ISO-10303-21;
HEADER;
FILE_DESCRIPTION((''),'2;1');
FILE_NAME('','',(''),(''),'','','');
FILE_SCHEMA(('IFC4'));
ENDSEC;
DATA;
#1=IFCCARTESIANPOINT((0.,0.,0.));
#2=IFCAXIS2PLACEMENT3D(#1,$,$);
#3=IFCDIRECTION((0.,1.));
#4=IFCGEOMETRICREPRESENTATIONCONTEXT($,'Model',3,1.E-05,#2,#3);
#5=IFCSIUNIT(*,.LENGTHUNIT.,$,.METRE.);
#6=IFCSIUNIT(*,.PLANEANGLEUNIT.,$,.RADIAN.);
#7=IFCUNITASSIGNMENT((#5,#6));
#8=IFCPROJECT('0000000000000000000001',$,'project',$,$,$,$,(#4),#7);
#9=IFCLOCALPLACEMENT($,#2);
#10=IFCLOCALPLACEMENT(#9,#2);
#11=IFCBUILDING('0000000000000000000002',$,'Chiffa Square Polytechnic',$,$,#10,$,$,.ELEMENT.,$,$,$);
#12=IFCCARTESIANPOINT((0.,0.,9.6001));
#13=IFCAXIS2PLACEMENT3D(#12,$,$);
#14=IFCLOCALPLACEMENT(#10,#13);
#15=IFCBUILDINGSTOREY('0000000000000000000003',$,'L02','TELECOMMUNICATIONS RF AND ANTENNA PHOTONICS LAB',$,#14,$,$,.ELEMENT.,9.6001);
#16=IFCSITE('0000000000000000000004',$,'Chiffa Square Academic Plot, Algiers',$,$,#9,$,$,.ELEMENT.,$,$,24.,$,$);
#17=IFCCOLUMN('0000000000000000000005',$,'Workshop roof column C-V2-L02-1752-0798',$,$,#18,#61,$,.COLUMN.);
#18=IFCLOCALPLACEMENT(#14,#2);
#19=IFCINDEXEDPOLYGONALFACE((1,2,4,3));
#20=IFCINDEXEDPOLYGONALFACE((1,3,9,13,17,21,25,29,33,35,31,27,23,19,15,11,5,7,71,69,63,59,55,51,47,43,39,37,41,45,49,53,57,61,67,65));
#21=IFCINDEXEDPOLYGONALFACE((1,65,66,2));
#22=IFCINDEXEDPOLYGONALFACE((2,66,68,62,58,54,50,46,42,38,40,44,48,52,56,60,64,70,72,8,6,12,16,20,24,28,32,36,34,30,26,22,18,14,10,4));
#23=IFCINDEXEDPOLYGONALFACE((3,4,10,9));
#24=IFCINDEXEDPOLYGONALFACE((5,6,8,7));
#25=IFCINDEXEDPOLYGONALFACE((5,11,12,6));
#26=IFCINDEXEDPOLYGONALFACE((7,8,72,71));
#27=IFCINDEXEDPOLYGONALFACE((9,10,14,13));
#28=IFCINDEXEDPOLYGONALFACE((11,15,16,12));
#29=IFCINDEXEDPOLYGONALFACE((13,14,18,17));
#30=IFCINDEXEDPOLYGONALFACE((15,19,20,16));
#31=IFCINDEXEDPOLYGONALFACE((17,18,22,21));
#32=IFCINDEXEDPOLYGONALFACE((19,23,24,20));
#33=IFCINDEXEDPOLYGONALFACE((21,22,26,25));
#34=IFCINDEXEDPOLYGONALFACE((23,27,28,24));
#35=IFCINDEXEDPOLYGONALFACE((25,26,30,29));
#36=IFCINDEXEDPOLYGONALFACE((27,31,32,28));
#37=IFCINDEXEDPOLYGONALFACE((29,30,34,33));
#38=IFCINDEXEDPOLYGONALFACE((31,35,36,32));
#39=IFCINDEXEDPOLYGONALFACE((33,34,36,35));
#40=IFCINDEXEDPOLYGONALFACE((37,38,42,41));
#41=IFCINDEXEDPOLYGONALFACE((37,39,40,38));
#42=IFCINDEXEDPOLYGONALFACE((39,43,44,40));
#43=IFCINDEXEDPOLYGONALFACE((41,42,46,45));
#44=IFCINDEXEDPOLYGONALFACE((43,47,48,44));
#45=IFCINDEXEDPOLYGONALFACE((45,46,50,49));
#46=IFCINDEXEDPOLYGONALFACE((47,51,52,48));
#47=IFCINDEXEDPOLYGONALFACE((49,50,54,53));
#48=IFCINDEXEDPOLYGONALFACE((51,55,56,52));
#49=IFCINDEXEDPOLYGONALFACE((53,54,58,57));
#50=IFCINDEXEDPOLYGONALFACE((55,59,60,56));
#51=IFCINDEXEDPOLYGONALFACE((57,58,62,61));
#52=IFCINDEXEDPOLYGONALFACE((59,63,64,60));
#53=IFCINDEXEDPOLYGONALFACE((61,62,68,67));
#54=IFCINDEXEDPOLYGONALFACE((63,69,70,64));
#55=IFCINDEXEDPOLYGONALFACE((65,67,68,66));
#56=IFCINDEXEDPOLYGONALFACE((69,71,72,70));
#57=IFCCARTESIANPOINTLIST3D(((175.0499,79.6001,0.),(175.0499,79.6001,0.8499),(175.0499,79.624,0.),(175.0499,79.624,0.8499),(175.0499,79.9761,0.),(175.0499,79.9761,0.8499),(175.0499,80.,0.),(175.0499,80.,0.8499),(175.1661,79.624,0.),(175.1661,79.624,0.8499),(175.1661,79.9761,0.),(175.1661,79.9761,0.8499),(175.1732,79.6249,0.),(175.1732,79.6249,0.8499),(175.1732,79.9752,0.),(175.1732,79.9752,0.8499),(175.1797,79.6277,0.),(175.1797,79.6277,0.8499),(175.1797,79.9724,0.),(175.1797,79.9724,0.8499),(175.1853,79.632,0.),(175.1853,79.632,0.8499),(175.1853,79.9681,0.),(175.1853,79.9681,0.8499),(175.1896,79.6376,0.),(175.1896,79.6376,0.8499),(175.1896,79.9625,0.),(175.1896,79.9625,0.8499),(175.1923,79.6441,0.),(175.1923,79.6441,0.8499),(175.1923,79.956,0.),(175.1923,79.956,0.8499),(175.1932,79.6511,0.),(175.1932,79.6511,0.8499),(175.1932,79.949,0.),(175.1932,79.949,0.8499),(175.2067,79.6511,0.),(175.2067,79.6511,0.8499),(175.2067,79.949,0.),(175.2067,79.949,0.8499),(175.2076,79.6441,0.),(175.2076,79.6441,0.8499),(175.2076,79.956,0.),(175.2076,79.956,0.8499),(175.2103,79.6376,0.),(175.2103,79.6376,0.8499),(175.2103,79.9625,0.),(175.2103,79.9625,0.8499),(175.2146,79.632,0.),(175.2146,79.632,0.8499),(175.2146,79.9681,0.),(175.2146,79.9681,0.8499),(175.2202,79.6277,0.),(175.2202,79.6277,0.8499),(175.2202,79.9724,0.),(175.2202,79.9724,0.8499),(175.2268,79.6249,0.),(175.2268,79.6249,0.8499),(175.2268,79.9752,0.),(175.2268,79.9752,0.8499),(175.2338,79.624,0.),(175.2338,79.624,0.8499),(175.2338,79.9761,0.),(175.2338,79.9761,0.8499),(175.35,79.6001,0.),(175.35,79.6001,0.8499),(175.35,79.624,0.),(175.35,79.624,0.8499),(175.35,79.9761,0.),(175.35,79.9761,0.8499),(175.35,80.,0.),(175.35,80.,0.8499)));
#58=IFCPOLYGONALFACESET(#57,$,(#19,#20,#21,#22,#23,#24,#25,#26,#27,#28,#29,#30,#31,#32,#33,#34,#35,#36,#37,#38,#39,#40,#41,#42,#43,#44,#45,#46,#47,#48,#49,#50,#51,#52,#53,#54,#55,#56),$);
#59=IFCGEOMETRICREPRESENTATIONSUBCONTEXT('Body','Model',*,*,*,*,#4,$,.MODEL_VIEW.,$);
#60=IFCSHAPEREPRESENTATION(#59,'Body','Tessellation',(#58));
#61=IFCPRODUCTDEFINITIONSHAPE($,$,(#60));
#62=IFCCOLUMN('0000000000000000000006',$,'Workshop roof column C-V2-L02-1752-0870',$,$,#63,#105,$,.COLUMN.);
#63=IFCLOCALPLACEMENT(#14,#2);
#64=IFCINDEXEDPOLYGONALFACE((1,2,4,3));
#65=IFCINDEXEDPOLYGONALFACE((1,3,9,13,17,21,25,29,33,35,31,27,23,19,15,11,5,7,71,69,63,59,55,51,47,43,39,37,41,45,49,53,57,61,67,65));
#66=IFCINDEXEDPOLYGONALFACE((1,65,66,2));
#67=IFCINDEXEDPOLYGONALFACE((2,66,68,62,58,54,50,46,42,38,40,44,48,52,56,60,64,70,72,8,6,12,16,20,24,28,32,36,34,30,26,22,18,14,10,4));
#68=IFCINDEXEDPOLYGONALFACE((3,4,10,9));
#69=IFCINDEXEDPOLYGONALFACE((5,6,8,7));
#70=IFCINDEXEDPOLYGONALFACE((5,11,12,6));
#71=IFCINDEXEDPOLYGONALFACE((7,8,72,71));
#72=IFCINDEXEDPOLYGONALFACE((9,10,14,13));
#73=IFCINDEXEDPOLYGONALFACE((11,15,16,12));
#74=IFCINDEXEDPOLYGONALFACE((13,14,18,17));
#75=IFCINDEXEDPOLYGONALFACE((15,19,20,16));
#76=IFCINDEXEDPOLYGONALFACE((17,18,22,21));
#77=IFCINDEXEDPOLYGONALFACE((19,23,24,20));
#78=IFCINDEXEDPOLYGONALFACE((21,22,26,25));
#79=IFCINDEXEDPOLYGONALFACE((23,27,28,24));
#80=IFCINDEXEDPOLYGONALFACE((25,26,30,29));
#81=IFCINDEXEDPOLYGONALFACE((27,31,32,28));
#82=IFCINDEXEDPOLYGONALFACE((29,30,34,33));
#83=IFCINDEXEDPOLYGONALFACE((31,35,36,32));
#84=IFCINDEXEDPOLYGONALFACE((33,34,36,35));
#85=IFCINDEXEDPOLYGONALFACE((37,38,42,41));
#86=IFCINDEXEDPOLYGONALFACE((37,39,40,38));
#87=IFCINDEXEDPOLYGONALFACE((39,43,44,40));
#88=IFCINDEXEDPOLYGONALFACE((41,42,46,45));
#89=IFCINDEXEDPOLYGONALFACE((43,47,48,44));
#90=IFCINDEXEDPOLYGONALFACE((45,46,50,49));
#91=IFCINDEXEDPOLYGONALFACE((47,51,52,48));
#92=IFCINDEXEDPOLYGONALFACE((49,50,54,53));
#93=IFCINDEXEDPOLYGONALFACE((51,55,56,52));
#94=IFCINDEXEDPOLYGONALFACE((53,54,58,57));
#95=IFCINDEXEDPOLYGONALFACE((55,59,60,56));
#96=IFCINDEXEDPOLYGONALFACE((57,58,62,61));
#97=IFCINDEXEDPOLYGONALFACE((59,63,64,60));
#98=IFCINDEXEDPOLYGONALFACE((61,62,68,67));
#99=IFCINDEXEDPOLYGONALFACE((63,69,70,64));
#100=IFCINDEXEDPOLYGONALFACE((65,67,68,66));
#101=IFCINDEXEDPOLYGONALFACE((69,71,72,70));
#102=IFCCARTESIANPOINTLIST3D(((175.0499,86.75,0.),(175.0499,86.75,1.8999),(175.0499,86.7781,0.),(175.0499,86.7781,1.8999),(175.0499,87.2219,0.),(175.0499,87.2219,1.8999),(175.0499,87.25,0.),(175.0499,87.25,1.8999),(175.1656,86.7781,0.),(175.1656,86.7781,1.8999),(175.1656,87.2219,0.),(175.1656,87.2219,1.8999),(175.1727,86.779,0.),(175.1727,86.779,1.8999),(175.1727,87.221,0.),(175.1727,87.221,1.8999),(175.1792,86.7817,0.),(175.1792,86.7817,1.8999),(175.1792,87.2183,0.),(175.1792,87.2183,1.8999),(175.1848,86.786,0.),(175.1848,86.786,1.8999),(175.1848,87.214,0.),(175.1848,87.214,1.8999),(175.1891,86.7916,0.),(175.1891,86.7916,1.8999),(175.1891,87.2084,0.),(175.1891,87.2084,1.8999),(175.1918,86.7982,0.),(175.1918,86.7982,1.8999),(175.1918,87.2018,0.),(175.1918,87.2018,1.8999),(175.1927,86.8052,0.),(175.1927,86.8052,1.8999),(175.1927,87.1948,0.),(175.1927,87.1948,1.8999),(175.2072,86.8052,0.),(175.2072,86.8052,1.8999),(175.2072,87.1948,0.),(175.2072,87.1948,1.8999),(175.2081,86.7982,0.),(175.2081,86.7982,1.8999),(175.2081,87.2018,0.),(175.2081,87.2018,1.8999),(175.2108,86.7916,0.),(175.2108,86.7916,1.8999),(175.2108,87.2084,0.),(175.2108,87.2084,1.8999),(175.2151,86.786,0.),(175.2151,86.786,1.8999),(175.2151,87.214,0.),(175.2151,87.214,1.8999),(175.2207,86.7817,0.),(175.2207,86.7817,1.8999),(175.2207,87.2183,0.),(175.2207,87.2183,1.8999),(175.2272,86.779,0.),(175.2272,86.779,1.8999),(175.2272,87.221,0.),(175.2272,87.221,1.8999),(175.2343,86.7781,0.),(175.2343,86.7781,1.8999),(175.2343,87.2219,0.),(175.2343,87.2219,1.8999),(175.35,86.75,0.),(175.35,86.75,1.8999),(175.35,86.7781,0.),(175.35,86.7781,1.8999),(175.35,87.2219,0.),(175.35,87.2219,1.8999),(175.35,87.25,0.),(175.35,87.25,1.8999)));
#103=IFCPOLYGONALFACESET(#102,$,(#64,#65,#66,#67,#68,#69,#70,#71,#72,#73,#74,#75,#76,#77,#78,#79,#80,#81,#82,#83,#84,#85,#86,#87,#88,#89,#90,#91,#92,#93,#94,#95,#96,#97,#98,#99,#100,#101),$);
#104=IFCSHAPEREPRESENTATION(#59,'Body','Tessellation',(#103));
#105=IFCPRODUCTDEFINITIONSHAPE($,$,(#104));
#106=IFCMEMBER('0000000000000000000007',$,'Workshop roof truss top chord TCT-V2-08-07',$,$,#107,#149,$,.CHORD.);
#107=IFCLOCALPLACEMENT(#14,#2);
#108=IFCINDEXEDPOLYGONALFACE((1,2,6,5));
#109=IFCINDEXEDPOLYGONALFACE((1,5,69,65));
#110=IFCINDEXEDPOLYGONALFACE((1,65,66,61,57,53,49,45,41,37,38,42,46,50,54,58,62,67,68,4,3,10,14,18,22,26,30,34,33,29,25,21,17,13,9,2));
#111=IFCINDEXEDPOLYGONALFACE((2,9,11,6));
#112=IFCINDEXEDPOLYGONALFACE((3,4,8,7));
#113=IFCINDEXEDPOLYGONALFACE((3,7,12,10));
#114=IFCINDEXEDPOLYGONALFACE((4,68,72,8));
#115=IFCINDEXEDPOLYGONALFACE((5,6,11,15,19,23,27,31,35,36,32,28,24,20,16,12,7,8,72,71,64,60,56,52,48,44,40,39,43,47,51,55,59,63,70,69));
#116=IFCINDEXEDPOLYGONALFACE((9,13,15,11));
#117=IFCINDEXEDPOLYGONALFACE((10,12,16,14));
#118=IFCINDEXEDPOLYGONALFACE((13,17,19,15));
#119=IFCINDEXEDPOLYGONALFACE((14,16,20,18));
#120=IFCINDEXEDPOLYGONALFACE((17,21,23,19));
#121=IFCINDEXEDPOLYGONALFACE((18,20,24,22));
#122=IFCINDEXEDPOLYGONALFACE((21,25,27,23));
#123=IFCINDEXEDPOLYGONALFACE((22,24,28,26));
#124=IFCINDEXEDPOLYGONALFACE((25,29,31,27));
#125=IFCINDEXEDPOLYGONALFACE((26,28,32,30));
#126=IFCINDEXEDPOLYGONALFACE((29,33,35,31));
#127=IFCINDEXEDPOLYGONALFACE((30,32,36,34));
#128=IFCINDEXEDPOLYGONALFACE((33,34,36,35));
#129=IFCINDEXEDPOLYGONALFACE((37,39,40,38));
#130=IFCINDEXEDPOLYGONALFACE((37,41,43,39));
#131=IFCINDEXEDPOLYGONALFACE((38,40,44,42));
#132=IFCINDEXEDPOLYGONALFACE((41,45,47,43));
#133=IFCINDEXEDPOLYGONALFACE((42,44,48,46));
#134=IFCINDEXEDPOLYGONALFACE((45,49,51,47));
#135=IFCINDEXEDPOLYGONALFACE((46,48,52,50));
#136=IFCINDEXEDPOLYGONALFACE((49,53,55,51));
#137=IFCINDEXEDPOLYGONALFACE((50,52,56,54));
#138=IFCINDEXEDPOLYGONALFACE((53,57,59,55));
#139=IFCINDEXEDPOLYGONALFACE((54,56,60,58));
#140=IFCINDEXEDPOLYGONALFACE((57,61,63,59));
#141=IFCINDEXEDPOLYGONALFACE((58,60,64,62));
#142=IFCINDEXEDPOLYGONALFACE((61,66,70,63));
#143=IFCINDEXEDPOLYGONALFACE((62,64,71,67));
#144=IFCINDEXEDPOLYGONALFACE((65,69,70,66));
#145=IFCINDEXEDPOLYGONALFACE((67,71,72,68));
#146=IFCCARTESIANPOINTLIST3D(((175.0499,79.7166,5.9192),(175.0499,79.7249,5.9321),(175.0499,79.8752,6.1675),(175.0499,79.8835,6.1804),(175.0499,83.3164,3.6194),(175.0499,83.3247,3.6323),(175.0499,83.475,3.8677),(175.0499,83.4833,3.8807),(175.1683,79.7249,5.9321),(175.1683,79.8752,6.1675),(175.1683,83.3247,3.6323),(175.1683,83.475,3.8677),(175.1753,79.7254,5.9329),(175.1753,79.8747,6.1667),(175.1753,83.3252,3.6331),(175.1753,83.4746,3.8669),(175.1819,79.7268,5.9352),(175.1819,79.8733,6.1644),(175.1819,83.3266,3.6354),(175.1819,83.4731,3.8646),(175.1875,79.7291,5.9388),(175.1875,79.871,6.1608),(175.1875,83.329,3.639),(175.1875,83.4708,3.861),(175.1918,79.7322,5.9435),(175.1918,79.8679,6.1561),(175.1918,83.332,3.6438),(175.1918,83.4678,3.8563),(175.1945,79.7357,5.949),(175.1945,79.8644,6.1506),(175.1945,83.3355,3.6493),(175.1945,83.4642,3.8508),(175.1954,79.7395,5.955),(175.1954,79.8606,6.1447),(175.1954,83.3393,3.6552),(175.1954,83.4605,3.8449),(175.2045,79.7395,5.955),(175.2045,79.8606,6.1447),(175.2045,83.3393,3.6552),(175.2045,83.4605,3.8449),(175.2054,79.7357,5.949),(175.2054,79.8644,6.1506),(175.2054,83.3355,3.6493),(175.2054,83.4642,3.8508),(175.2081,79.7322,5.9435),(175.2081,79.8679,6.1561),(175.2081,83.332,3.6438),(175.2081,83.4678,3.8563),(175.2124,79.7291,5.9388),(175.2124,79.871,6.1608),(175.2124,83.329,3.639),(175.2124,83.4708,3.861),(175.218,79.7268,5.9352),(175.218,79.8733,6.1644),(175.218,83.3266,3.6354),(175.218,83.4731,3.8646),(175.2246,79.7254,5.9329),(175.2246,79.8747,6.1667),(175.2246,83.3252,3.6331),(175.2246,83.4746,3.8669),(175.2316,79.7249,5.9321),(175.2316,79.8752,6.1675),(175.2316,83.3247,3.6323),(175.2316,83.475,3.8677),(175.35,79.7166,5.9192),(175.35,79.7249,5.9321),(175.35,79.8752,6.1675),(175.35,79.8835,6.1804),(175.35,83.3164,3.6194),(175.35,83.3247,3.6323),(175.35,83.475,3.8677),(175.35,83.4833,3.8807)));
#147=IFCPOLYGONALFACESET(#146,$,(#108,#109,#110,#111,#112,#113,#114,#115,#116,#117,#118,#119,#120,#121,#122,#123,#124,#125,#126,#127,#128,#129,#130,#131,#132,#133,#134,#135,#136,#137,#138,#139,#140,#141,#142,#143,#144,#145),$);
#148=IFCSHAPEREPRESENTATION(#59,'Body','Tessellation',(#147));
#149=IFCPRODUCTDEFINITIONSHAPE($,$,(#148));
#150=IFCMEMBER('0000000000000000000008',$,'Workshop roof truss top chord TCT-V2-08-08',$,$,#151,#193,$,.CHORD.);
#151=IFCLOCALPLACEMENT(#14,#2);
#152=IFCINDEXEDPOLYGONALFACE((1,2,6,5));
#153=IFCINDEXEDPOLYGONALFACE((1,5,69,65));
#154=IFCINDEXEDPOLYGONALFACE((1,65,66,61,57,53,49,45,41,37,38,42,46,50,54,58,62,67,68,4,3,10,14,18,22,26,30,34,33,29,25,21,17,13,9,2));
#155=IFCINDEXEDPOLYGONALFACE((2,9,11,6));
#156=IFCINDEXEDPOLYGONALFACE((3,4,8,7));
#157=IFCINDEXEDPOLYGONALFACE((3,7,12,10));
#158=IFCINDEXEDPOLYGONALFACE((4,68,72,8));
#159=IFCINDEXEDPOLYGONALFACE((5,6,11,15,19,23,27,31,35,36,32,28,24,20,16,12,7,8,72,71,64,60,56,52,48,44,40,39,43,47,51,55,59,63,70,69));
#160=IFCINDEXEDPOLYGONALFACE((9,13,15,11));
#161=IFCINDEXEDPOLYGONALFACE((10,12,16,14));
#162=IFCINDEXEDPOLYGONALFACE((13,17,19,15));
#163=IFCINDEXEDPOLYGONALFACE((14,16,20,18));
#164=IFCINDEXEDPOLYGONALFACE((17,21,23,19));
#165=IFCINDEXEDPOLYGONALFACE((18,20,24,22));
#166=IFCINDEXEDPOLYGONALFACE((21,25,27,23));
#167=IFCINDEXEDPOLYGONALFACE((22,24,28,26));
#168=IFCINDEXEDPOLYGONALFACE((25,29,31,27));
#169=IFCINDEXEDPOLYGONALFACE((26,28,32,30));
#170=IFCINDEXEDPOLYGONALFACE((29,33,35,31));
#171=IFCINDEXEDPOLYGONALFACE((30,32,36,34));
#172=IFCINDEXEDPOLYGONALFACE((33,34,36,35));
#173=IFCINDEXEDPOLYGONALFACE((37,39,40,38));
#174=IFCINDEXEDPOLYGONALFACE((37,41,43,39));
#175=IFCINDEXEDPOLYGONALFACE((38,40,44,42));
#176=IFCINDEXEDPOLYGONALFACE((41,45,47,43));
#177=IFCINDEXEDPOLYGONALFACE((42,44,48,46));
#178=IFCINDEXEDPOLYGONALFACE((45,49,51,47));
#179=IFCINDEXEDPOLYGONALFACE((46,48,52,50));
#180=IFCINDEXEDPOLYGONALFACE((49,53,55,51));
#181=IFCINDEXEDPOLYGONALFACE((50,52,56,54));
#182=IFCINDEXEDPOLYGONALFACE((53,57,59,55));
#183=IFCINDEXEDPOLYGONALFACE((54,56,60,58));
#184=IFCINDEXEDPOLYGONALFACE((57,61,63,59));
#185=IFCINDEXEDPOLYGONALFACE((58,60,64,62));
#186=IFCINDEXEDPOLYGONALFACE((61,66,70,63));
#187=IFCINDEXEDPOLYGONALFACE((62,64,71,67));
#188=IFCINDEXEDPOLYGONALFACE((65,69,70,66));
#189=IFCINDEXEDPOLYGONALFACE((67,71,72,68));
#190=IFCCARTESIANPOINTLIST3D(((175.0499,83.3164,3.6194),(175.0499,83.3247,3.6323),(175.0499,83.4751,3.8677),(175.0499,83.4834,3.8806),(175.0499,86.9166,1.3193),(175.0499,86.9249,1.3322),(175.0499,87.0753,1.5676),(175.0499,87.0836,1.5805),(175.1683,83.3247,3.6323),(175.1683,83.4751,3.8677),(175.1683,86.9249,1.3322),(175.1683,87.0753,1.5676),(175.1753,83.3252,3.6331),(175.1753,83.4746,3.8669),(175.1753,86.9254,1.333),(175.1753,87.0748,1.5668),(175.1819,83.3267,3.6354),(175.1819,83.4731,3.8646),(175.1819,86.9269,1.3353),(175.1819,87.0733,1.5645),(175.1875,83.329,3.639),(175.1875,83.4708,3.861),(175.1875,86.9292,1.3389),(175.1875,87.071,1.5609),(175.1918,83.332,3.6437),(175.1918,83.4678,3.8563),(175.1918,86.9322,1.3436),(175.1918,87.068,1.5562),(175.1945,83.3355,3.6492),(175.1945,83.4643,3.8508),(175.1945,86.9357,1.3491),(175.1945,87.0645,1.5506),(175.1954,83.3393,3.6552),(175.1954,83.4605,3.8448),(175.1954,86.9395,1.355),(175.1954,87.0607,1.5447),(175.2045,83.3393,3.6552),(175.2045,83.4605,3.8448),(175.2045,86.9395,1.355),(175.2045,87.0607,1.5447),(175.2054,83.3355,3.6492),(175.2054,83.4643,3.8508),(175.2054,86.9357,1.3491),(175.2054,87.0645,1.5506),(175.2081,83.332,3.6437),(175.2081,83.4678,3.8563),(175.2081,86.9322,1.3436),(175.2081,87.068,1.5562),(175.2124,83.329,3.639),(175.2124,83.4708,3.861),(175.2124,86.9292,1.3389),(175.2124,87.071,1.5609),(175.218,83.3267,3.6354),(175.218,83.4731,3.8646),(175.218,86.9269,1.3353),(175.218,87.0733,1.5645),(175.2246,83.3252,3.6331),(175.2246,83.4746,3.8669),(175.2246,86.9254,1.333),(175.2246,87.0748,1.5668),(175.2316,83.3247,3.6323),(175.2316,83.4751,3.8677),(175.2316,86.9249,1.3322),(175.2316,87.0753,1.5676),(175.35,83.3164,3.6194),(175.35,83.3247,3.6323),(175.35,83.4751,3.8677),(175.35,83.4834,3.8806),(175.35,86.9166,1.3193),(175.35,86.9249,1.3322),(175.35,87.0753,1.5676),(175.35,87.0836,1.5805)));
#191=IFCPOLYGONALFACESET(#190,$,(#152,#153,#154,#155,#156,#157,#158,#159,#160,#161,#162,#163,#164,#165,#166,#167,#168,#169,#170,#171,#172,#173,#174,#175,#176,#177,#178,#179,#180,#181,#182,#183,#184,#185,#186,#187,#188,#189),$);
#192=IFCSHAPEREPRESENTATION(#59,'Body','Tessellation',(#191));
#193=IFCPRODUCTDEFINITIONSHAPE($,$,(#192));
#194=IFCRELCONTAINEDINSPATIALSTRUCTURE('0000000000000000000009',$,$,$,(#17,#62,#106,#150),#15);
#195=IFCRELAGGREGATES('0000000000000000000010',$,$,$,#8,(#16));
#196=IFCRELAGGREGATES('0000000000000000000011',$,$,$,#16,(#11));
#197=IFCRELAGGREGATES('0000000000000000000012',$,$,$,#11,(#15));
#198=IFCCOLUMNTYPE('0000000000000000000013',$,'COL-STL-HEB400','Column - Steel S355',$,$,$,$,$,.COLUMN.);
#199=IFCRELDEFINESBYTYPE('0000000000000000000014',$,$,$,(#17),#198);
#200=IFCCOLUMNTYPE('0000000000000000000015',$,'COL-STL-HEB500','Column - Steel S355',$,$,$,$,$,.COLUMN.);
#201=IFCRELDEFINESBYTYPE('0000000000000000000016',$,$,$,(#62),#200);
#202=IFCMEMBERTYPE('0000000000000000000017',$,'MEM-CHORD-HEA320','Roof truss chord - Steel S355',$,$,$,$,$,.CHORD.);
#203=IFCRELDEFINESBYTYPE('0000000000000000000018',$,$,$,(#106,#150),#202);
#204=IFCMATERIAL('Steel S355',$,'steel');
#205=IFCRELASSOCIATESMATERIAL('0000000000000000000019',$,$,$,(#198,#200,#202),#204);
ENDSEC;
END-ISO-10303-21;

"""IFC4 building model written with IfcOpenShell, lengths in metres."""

from ifc_helpers import new_model, si_unit, direction, frame, origin, origin_2d, place, context, subcontext, project, spatial, i_section, extrude, material, material_profile, profile_set, type_object, element, save


model = new_model("IFC4")

# Units and contexts
model_context = context("Model", 3, precision=1e-05, world=origin(), true_north=direction((0.0, 1.0)))
body_context = subcontext(model_context, "Body", "Model", "MODEL_VIEW")
ifc_project = project(units=[si_unit("LENGTHUNIT", "METRE"), si_unit("PLANEANGLEUNIT", "RADIAN")], contexts=[model_context])

# Site, building, storey
site_placement = place(None, origin())
site = spatial("IfcSite", under=ifc_project, at=site_placement, Name="Chiffa Square Academic Plot, Algiers", CompositionType="ELEMENT", RefElevation=24.0)
building_placement = place(site_placement, origin())
building = spatial("IfcBuilding", under=site, at=building_placement, Name="Chiffa Square Polytechnic", CompositionType="ELEMENT")
storey_placement = place(building_placement, frame((0.0, 0.0, 9.6001)))
storey = spatial("IfcBuildingStorey", under=building, at=storey_placement, Name="L02", Description="TELECOMMUNICATIONS RF AND ANTENNA PHOTONICS LAB", CompositionType="ELEMENT", Elevation=9.6001)

# Columns
ifc_material_1 = material(Name="Steel S355", Category="steel")
ifc_material_profile_1 = material_profile(ifc_material_1, i_section(OverallWidth=0.3, OverallDepth=0.3999, WebThickness=0.0134, FlangeThickness=0.0239, FilletRadius=0.0271, at=origin_2d()), Name="HEB 400")
ifc_profile_set_1 = profile_set([ifc_material_profile_1], Name="Steel S355")
column_type_1 = type_object("IfcColumnType", Name="COL-STL-HEB400", Description="Column - Steel S355", PredefinedType="COLUMN", material=ifc_profile_set_1)
column_1_placement = place(storey_placement, frame((175.2, 79.8, 0.0), z_axis=(0.0, 0.0, 1.0), x_axis=(1.0, 0.0, 0.0)))
element("IfcColumn", 1, at=column_1_placement, inside=storey, type_object=column_type_1, Name="Workshop roof column C-V2-L02-1752-0798", PredefinedType="COLUMN", context=body_context, shape_type="SweptSolid", body=[
    extrude(i_section(OverallWidth=0.3, OverallDepth=0.3999, WebThickness=0.0134, FlangeThickness=0.0239, FilletRadius=0.0271, at=origin_2d()), origin(), (0.0, 0.0, 1.0), 0.8499),
])
ifc_material_profile_2 = material_profile(ifc_material_1, i_section(OverallWidth=0.3, OverallDepth=0.5, WebThickness=0.0144, FlangeThickness=0.0281, FilletRadius=0.0271, at=origin_2d()), Name="HEB 500")
ifc_profile_set_2 = profile_set([ifc_material_profile_2], Name="Steel S355")
column_type_2 = type_object("IfcColumnType", Name="COL-STL-HEB500", Description="Column - Steel S355", PredefinedType="COLUMN", material=ifc_profile_set_2)
column_2_placement = place(storey_placement, frame((175.2, 87.0, 0.0), z_axis=(0.0, 0.0, 1.0), x_axis=(1.0, 0.0, 0.0)))
element("IfcColumn", 2, at=column_2_placement, inside=storey, type_object=column_type_2, Name="Workshop roof column C-V2-L02-1752-0870", PredefinedType="COLUMN", context=body_context, shape_type="SweptSolid", body=[
    extrude(i_section(OverallWidth=0.3, OverallDepth=0.5, WebThickness=0.0144, FlangeThickness=0.0281, FilletRadius=0.0271, at=origin_2d()), origin(), (0.0, 0.0, 1.0), 1.8999),
])

# Members
ifc_material_profile_3 = material_profile(ifc_material_1, i_section(OverallWidth=0.3, OverallDepth=0.3101, WebThickness=0.009, FlangeThickness=0.0154, FilletRadius=0.0271, at=origin_2d()), Name="HEA 320")
ifc_profile_set_3 = profile_set([ifc_material_profile_3], Name="Steel S355")
member_type_1 = type_object("IfcMemberType", Name="MEM-CHORD-HEA320", Description="Roof truss chord - Steel S355", PredefinedType="CHORD", material=ifc_profile_set_3)
member_1_placement = place(storey_placement, frame((175.2, 79.8, 6.0498), z_axis=(0.0, 0.842707, -0.538372), x_axis=(-1.0, 0.0, 0.0)))
element("IfcMember", 3, at=member_1_placement, inside=storey, type_object=member_type_1, Name="Workshop roof truss top chord TCT-V2-08-07", PredefinedType="CHORD", context=body_context, shape_type="SweptSolid", body=[
    extrude(i_section(OverallWidth=0.3, OverallDepth=0.3101, WebThickness=0.009, FlangeThickness=0.0154, FilletRadius=0.0271, at=origin_2d()), origin(), (0.0, 0.0, 1.0), 4.2717),
])
member_2_placement = place(storey_placement, frame((175.2, 83.3999, 3.75), z_axis=(0.0, 0.842698, -0.538387), x_axis=(-1.0, 0.0, 0.0)))
element("IfcMember", 4, at=member_2_placement, inside=storey, type_object=member_type_1, Name="Workshop roof truss top chord TCT-V2-08-08", PredefinedType="CHORD", context=body_context, shape_type="SweptSolid", body=[
    extrude(i_section(OverallWidth=0.3, OverallDepth=0.3101, WebThickness=0.009, FlangeThickness=0.0154, FilletRadius=0.0271, at=origin_2d()), origin(), (0.0, 0.0, 1.0), 4.2722),
])

save(model, "model.ifc")
